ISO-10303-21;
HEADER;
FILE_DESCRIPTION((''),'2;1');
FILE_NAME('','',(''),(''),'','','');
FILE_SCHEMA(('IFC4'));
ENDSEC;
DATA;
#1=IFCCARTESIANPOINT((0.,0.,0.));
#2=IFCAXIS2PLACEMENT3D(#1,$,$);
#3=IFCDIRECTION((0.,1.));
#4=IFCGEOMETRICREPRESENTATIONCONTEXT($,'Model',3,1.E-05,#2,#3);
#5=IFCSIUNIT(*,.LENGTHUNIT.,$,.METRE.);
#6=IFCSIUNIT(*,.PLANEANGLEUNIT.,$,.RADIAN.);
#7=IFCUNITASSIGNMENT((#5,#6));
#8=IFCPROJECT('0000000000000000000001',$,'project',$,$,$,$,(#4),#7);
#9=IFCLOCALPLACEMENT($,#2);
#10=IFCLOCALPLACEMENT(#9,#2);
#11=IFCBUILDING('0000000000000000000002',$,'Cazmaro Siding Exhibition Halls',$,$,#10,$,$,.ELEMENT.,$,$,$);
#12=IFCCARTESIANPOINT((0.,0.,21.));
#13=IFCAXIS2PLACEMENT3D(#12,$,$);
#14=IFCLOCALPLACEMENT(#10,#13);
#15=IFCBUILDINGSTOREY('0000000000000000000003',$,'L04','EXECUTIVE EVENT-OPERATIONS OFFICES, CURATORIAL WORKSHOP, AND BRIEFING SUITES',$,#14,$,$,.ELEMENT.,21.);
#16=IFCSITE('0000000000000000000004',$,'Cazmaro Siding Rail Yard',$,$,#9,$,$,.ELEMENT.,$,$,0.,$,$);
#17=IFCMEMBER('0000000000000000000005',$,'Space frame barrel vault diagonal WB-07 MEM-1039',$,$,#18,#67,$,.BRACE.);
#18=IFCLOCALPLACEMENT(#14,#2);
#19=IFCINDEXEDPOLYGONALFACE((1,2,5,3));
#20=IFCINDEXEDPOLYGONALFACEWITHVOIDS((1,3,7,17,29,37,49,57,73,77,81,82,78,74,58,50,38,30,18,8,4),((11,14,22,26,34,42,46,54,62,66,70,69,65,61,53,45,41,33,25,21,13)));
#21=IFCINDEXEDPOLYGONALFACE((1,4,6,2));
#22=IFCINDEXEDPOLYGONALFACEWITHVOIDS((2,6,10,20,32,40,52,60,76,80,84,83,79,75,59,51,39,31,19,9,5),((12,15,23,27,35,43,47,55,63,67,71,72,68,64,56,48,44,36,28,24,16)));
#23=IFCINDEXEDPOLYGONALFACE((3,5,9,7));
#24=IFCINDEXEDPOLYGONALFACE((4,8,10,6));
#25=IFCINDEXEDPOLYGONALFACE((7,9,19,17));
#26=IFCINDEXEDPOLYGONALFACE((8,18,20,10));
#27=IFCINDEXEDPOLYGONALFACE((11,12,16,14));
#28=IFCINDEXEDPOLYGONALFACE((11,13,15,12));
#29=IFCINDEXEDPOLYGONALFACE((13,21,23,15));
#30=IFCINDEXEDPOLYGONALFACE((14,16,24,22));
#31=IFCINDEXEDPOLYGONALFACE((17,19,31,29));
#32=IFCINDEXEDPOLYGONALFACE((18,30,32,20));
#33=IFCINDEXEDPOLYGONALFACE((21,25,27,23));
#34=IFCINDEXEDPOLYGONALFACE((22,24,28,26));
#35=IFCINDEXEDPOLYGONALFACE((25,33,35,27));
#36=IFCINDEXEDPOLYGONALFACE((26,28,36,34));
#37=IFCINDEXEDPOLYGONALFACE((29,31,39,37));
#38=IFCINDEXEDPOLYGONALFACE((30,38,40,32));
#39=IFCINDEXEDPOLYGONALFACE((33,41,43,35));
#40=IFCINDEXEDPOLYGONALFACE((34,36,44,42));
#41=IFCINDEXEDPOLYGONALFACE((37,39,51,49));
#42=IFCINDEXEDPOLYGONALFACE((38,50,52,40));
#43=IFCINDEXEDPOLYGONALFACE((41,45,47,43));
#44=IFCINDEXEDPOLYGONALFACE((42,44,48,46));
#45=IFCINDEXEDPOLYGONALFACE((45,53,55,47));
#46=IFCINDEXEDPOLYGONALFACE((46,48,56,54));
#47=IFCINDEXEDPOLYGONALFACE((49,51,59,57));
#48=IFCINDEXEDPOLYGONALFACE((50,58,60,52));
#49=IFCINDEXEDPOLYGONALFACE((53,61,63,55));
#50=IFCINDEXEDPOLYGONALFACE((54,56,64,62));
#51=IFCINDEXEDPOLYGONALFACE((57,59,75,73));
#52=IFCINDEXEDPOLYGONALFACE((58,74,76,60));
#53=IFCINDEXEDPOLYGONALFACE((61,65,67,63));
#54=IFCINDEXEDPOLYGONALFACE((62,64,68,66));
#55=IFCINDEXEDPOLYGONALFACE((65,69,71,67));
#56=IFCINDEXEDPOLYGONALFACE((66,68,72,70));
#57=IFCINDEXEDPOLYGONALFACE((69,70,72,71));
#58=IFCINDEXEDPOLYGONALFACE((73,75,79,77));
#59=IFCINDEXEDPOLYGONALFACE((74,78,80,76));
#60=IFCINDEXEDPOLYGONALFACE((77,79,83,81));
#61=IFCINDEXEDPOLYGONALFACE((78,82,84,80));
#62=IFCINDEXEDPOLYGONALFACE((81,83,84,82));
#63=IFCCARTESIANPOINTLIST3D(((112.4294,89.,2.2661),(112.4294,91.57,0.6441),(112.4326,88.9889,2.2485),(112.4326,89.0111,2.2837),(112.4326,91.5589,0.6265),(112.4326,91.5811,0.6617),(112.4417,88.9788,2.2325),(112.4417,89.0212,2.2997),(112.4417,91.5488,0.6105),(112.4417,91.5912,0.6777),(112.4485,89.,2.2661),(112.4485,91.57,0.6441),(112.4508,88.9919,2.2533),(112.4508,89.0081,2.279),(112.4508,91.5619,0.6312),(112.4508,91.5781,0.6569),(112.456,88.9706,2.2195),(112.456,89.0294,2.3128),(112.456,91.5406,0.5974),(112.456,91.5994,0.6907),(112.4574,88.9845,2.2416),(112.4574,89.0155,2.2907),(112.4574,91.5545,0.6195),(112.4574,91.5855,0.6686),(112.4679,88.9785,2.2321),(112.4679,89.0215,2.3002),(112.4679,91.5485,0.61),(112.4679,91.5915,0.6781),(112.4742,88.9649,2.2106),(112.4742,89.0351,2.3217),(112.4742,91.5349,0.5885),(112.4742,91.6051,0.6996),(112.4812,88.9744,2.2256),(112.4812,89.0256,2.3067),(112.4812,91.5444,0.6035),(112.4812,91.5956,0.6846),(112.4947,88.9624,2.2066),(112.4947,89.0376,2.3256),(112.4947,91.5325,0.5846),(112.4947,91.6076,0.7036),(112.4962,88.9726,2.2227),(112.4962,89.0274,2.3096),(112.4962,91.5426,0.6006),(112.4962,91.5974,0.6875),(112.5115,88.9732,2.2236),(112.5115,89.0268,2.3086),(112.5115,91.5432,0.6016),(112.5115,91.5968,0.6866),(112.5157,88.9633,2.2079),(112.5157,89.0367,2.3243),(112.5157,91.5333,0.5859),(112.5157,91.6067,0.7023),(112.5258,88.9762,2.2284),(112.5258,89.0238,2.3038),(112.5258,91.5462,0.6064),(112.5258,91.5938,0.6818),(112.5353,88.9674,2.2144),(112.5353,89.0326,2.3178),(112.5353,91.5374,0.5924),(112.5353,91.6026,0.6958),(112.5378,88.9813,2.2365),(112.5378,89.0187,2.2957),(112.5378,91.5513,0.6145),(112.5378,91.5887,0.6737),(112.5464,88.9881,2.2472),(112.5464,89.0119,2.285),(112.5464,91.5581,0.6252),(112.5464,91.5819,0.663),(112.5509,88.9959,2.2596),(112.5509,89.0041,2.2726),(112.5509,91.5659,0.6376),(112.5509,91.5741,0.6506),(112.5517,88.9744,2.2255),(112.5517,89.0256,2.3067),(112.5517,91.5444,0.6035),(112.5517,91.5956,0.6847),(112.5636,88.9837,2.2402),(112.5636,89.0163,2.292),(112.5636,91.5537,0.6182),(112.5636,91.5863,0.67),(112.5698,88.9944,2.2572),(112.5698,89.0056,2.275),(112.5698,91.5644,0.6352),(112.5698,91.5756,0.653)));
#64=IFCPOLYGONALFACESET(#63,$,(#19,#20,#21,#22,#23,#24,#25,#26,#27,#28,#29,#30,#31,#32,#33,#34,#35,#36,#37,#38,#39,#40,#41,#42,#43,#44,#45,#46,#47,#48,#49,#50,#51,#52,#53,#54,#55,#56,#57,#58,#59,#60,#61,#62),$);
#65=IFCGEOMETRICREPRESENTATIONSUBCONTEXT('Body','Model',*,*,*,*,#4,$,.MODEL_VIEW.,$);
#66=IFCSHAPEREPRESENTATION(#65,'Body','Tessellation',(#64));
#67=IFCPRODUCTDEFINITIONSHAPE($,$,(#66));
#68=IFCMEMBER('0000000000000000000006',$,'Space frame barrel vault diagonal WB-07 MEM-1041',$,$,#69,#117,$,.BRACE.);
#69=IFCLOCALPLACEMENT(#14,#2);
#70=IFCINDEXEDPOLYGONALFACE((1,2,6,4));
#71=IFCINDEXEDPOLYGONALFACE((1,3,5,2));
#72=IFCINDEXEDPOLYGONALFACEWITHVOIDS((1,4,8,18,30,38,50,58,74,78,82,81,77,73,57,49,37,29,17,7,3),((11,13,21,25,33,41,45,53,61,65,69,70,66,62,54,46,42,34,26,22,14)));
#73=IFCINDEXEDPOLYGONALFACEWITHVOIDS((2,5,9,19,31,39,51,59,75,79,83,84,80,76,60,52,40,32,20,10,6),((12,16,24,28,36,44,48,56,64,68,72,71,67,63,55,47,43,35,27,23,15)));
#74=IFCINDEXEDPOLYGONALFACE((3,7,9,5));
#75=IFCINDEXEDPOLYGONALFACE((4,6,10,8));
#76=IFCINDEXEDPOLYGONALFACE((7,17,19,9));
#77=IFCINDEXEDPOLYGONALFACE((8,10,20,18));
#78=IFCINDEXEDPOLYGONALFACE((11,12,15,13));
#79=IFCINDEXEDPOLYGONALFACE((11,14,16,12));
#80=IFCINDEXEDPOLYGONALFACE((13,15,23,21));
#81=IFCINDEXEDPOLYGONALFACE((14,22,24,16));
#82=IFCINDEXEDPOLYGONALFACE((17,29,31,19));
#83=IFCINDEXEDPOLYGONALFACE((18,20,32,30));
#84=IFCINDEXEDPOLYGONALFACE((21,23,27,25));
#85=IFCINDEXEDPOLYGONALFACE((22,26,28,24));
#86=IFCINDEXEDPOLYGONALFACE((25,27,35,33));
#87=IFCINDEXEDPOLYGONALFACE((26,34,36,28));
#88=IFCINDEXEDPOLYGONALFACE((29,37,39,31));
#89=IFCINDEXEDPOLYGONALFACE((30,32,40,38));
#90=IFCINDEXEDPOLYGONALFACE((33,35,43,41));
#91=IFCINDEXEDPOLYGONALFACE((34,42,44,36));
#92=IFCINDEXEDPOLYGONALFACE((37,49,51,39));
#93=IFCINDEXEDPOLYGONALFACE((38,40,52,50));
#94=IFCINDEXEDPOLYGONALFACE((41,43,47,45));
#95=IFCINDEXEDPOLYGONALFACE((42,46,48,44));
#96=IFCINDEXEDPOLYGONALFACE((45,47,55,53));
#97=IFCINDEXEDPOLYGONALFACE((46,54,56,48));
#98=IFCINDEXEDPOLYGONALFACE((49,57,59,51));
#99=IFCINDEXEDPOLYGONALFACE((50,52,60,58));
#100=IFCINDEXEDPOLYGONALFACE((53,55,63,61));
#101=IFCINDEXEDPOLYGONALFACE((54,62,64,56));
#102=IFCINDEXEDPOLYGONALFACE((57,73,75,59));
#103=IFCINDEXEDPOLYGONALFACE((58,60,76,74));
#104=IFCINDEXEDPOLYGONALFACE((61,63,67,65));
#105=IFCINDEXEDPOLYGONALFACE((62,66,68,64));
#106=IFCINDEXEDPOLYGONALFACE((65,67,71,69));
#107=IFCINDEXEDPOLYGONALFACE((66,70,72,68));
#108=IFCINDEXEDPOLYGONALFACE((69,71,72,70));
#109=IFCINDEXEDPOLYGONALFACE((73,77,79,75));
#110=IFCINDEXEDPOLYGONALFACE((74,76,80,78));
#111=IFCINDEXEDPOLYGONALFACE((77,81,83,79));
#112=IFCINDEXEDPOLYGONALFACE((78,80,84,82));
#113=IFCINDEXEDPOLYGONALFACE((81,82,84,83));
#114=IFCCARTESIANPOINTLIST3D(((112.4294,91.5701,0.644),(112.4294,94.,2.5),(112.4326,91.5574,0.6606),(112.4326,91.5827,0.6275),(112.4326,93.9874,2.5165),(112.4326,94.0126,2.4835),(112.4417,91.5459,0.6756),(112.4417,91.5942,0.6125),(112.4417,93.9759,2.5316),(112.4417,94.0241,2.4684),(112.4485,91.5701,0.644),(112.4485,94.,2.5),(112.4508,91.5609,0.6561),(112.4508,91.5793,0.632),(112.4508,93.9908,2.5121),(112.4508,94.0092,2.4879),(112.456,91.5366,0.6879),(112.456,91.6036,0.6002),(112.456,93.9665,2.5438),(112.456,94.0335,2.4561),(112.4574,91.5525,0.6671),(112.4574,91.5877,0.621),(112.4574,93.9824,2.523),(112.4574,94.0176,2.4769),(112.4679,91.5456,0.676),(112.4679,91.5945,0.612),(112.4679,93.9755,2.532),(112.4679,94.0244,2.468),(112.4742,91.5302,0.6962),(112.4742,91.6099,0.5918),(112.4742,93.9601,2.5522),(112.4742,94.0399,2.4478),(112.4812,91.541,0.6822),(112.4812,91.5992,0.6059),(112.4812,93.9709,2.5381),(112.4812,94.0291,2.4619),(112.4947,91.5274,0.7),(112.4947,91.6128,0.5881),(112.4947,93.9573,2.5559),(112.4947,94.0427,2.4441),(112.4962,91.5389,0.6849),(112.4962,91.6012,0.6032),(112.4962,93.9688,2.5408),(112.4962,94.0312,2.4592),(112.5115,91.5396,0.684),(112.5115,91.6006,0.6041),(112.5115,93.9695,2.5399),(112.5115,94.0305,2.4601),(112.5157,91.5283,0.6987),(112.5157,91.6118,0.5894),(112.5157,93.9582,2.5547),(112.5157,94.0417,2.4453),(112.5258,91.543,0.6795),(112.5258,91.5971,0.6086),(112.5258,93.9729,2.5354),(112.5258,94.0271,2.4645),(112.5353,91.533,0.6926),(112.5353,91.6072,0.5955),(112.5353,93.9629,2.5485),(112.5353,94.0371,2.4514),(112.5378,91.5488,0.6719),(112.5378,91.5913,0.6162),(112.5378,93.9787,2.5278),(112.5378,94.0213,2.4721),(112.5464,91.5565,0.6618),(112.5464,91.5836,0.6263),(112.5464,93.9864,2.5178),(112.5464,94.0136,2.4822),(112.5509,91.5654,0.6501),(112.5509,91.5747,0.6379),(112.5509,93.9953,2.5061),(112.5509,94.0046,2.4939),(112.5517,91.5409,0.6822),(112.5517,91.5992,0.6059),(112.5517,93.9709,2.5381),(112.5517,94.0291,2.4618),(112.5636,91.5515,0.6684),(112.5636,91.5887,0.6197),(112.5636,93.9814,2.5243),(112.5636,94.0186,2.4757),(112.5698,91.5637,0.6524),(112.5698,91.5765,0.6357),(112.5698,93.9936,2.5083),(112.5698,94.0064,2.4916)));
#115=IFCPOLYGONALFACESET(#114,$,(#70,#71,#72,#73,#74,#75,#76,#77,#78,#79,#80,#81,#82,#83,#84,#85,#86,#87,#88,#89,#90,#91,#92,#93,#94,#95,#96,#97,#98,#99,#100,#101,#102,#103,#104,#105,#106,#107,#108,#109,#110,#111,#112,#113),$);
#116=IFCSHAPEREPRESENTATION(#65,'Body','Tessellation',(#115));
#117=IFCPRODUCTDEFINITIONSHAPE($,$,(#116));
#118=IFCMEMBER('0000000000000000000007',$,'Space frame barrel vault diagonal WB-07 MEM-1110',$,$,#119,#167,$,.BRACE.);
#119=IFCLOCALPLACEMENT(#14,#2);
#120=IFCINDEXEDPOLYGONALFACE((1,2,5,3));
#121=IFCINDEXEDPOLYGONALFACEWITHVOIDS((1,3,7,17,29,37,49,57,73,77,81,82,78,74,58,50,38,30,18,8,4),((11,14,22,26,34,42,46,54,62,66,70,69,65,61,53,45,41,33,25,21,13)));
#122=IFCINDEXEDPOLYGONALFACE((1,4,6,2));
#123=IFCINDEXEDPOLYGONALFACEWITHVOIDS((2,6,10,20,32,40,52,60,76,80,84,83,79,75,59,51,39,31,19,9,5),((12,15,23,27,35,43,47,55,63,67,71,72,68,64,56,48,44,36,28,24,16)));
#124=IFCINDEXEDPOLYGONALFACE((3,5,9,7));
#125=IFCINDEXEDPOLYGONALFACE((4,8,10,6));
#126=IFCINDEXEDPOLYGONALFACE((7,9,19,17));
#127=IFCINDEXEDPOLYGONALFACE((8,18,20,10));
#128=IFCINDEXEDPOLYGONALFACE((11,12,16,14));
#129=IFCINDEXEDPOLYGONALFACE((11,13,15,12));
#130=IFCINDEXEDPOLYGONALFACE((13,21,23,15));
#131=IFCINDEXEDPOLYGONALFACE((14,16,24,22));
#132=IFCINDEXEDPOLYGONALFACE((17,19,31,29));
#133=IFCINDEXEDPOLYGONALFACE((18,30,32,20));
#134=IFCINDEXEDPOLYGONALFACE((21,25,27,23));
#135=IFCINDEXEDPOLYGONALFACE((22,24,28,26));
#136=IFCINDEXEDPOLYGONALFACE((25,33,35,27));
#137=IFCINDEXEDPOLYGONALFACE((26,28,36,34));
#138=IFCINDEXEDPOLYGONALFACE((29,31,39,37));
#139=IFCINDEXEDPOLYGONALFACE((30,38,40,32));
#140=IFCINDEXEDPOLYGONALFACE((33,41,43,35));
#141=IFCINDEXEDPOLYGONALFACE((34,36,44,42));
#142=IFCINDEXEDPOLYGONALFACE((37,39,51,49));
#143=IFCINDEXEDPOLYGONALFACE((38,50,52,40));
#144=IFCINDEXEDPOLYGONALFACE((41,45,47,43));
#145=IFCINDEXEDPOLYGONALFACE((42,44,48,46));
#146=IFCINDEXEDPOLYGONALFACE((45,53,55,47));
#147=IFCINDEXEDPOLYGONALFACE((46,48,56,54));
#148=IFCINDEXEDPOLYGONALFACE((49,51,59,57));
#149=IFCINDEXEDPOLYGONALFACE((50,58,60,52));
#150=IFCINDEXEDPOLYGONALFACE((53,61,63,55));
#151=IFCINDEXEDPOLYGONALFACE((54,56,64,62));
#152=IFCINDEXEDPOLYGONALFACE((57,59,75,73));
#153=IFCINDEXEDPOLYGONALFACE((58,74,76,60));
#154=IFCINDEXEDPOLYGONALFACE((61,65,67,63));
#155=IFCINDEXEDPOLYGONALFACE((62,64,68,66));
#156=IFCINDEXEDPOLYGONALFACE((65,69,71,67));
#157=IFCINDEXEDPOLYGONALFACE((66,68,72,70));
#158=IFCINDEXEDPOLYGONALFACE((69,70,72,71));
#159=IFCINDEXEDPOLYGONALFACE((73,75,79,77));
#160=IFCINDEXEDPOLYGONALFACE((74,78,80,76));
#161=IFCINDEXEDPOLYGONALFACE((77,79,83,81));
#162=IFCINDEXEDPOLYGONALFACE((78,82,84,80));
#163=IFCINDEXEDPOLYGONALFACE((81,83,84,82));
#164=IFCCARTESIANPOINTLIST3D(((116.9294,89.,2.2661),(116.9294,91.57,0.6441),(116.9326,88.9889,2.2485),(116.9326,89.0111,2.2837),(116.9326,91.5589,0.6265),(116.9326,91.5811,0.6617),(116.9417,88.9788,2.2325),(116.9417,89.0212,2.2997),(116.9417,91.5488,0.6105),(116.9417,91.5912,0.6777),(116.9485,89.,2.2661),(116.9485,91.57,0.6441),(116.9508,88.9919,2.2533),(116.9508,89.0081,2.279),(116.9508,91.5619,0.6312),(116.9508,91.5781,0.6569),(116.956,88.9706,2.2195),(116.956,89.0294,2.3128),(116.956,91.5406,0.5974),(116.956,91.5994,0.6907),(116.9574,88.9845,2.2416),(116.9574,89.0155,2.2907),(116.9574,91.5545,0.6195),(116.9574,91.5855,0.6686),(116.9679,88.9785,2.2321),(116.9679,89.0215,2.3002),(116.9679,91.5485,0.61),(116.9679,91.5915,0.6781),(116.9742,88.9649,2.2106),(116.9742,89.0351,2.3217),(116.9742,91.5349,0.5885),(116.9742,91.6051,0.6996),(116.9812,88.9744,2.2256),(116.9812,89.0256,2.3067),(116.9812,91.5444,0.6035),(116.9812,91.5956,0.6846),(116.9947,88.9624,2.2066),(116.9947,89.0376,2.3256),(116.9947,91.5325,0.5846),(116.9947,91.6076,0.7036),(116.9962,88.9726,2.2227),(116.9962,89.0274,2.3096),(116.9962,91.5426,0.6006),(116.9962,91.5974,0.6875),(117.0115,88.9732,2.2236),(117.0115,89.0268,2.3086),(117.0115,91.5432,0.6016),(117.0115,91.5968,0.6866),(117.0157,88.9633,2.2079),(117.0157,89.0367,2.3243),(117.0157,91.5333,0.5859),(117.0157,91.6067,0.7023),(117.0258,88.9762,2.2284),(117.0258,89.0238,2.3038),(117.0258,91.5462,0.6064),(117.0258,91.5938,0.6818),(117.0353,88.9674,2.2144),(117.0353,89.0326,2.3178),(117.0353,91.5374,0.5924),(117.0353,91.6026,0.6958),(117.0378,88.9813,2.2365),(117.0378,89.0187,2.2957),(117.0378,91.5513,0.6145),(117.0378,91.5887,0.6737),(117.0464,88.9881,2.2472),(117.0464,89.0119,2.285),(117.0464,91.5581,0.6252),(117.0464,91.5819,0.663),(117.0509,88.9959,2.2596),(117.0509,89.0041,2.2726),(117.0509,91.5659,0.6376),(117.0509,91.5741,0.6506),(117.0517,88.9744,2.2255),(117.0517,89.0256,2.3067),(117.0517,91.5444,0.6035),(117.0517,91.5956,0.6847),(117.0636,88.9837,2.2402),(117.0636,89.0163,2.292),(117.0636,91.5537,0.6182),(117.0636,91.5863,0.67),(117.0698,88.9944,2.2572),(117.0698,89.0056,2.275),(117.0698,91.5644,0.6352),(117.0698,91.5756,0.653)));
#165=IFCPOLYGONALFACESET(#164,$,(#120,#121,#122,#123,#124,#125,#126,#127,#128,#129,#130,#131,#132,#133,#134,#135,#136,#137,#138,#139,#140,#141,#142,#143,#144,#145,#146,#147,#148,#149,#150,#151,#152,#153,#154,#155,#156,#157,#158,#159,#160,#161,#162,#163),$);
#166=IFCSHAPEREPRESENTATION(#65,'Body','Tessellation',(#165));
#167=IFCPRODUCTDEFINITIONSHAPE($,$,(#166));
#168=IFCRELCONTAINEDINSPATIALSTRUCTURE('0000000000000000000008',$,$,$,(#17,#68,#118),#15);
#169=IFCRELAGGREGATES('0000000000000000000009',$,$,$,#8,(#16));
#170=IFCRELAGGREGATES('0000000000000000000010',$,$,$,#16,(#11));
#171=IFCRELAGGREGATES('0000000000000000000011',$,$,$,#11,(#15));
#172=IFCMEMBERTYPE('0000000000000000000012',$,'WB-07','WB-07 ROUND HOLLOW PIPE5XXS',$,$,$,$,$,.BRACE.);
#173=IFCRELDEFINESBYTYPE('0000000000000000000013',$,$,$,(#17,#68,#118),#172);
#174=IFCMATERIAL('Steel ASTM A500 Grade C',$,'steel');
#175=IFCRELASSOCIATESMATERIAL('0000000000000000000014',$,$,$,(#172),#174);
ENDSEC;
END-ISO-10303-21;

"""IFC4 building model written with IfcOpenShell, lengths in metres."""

from ifc_helpers import new_model, si_unit, direction, frame, origin, origin_2d, place, context, subcontext, project, spatial, hollow_circle, extrude, material, material_profile, profile_set, type_object, element, save


model = new_model("IFC4")

# Units and contexts
model_context = context("Model", 3, precision=1e-05, world=origin(), true_north=direction((0.0, 1.0)))
body_context = subcontext(model_context, "Body", "Model", "MODEL_VIEW")
ifc_project = project(units=[si_unit("LENGTHUNIT", "METRE"), si_unit("PLANEANGLEUNIT", "RADIAN")], contexts=[model_context])

# Site, building, storey
site_placement = place(None, origin())
site = spatial("IfcSite", under=ifc_project, at=site_placement, Name="Cazmaro Siding Rail Yard", CompositionType="ELEMENT", RefElevation=0.0)
building_placement = place(site_placement, origin())
building = spatial("IfcBuilding", under=site, at=building_placement, Name="Cazmaro Siding Exhibition Halls", CompositionType="ELEMENT")
storey_placement = place(building_placement, frame((0.0, 0.0, 21.0)))
storey = spatial("IfcBuildingStorey", under=building, at=storey_placement, Name="L04", Description="EXECUTIVE EVENT-OPERATIONS OFFICES, CURATORIAL WORKSHOP, AND BRIEFING SUITES", CompositionType="ELEMENT", Elevation=21.0)

# Members
ifc_material_1 = material(Name="Steel ASTM A500 Grade C", Category="steel")
ifc_material_profile_1 = material_profile(ifc_material_1, hollow_circle(Radius=0.0706, WallThickness=0.019, at=origin_2d()), Name="PIPE5XXS")
ifc_profile_set_1 = profile_set([ifc_material_profile_1], Name="Steel ASTM A500 Grade C")
member_type_1 = type_object("IfcMemberType", Name="WB-07", Description="WB-07 ROUND HOLLOW PIPE5XXS", PredefinedType="BRACE", material=ifc_profile_set_1)
member_1_placement = place(storey_placement, frame((112.5, 89.0, 2.2661), z_axis=(0.0, 0.845657, -0.533727), x_axis=(-1.0, 0.0, 0.0)))
element("IfcMember", 1, at=member_1_placement, inside=storey, type_object=member_type_1, Name="Space frame barrel vault diagonal WB-07 MEM-1039", PredefinedType="BRACE", context=body_context, shape_type="SweptSolid", body=[
    extrude(hollow_circle(Radius=0.0706, WallThickness=0.019, at=origin_2d()), origin(), (0.0, 0.0, 1.0), 3.0391),
])
member_2_placement = place(storey_placement, frame((112.5, 91.5701, 0.644), z_axis=(0.0, 0.794709, 0.606991), x_axis=(-1.0, 0.0, 0.0)))
element("IfcMember", 2, at=member_2_placement, inside=storey, type_object=member_type_1, Name="Space frame barrel vault diagonal WB-07 MEM-1041", PredefinedType="BRACE", context=body_context, shape_type="SweptSolid", body=[
    extrude(hollow_circle(Radius=0.0706, WallThickness=0.019, at=origin_2d()), origin(), (0.0, 0.0, 1.0), 3.0576),
])
member_3_placement = place(storey_placement, frame((117.0, 89.0, 2.2661), z_axis=(0.0, 0.845657, -0.533727), x_axis=(-1.0, 0.0, 0.0)))
element("IfcMember", 3, at=member_3_placement, inside=storey, type_object=member_type_1, Name="Space frame barrel vault diagonal WB-07 MEM-1110", PredefinedType="BRACE", context=body_context, shape_type="SweptSolid", body=[
    extrude(hollow_circle(Radius=0.0706, WallThickness=0.019, at=origin_2d()), origin(), (0.0, 0.0, 1.0), 3.0391),
])

save(model, "model.ifc")
